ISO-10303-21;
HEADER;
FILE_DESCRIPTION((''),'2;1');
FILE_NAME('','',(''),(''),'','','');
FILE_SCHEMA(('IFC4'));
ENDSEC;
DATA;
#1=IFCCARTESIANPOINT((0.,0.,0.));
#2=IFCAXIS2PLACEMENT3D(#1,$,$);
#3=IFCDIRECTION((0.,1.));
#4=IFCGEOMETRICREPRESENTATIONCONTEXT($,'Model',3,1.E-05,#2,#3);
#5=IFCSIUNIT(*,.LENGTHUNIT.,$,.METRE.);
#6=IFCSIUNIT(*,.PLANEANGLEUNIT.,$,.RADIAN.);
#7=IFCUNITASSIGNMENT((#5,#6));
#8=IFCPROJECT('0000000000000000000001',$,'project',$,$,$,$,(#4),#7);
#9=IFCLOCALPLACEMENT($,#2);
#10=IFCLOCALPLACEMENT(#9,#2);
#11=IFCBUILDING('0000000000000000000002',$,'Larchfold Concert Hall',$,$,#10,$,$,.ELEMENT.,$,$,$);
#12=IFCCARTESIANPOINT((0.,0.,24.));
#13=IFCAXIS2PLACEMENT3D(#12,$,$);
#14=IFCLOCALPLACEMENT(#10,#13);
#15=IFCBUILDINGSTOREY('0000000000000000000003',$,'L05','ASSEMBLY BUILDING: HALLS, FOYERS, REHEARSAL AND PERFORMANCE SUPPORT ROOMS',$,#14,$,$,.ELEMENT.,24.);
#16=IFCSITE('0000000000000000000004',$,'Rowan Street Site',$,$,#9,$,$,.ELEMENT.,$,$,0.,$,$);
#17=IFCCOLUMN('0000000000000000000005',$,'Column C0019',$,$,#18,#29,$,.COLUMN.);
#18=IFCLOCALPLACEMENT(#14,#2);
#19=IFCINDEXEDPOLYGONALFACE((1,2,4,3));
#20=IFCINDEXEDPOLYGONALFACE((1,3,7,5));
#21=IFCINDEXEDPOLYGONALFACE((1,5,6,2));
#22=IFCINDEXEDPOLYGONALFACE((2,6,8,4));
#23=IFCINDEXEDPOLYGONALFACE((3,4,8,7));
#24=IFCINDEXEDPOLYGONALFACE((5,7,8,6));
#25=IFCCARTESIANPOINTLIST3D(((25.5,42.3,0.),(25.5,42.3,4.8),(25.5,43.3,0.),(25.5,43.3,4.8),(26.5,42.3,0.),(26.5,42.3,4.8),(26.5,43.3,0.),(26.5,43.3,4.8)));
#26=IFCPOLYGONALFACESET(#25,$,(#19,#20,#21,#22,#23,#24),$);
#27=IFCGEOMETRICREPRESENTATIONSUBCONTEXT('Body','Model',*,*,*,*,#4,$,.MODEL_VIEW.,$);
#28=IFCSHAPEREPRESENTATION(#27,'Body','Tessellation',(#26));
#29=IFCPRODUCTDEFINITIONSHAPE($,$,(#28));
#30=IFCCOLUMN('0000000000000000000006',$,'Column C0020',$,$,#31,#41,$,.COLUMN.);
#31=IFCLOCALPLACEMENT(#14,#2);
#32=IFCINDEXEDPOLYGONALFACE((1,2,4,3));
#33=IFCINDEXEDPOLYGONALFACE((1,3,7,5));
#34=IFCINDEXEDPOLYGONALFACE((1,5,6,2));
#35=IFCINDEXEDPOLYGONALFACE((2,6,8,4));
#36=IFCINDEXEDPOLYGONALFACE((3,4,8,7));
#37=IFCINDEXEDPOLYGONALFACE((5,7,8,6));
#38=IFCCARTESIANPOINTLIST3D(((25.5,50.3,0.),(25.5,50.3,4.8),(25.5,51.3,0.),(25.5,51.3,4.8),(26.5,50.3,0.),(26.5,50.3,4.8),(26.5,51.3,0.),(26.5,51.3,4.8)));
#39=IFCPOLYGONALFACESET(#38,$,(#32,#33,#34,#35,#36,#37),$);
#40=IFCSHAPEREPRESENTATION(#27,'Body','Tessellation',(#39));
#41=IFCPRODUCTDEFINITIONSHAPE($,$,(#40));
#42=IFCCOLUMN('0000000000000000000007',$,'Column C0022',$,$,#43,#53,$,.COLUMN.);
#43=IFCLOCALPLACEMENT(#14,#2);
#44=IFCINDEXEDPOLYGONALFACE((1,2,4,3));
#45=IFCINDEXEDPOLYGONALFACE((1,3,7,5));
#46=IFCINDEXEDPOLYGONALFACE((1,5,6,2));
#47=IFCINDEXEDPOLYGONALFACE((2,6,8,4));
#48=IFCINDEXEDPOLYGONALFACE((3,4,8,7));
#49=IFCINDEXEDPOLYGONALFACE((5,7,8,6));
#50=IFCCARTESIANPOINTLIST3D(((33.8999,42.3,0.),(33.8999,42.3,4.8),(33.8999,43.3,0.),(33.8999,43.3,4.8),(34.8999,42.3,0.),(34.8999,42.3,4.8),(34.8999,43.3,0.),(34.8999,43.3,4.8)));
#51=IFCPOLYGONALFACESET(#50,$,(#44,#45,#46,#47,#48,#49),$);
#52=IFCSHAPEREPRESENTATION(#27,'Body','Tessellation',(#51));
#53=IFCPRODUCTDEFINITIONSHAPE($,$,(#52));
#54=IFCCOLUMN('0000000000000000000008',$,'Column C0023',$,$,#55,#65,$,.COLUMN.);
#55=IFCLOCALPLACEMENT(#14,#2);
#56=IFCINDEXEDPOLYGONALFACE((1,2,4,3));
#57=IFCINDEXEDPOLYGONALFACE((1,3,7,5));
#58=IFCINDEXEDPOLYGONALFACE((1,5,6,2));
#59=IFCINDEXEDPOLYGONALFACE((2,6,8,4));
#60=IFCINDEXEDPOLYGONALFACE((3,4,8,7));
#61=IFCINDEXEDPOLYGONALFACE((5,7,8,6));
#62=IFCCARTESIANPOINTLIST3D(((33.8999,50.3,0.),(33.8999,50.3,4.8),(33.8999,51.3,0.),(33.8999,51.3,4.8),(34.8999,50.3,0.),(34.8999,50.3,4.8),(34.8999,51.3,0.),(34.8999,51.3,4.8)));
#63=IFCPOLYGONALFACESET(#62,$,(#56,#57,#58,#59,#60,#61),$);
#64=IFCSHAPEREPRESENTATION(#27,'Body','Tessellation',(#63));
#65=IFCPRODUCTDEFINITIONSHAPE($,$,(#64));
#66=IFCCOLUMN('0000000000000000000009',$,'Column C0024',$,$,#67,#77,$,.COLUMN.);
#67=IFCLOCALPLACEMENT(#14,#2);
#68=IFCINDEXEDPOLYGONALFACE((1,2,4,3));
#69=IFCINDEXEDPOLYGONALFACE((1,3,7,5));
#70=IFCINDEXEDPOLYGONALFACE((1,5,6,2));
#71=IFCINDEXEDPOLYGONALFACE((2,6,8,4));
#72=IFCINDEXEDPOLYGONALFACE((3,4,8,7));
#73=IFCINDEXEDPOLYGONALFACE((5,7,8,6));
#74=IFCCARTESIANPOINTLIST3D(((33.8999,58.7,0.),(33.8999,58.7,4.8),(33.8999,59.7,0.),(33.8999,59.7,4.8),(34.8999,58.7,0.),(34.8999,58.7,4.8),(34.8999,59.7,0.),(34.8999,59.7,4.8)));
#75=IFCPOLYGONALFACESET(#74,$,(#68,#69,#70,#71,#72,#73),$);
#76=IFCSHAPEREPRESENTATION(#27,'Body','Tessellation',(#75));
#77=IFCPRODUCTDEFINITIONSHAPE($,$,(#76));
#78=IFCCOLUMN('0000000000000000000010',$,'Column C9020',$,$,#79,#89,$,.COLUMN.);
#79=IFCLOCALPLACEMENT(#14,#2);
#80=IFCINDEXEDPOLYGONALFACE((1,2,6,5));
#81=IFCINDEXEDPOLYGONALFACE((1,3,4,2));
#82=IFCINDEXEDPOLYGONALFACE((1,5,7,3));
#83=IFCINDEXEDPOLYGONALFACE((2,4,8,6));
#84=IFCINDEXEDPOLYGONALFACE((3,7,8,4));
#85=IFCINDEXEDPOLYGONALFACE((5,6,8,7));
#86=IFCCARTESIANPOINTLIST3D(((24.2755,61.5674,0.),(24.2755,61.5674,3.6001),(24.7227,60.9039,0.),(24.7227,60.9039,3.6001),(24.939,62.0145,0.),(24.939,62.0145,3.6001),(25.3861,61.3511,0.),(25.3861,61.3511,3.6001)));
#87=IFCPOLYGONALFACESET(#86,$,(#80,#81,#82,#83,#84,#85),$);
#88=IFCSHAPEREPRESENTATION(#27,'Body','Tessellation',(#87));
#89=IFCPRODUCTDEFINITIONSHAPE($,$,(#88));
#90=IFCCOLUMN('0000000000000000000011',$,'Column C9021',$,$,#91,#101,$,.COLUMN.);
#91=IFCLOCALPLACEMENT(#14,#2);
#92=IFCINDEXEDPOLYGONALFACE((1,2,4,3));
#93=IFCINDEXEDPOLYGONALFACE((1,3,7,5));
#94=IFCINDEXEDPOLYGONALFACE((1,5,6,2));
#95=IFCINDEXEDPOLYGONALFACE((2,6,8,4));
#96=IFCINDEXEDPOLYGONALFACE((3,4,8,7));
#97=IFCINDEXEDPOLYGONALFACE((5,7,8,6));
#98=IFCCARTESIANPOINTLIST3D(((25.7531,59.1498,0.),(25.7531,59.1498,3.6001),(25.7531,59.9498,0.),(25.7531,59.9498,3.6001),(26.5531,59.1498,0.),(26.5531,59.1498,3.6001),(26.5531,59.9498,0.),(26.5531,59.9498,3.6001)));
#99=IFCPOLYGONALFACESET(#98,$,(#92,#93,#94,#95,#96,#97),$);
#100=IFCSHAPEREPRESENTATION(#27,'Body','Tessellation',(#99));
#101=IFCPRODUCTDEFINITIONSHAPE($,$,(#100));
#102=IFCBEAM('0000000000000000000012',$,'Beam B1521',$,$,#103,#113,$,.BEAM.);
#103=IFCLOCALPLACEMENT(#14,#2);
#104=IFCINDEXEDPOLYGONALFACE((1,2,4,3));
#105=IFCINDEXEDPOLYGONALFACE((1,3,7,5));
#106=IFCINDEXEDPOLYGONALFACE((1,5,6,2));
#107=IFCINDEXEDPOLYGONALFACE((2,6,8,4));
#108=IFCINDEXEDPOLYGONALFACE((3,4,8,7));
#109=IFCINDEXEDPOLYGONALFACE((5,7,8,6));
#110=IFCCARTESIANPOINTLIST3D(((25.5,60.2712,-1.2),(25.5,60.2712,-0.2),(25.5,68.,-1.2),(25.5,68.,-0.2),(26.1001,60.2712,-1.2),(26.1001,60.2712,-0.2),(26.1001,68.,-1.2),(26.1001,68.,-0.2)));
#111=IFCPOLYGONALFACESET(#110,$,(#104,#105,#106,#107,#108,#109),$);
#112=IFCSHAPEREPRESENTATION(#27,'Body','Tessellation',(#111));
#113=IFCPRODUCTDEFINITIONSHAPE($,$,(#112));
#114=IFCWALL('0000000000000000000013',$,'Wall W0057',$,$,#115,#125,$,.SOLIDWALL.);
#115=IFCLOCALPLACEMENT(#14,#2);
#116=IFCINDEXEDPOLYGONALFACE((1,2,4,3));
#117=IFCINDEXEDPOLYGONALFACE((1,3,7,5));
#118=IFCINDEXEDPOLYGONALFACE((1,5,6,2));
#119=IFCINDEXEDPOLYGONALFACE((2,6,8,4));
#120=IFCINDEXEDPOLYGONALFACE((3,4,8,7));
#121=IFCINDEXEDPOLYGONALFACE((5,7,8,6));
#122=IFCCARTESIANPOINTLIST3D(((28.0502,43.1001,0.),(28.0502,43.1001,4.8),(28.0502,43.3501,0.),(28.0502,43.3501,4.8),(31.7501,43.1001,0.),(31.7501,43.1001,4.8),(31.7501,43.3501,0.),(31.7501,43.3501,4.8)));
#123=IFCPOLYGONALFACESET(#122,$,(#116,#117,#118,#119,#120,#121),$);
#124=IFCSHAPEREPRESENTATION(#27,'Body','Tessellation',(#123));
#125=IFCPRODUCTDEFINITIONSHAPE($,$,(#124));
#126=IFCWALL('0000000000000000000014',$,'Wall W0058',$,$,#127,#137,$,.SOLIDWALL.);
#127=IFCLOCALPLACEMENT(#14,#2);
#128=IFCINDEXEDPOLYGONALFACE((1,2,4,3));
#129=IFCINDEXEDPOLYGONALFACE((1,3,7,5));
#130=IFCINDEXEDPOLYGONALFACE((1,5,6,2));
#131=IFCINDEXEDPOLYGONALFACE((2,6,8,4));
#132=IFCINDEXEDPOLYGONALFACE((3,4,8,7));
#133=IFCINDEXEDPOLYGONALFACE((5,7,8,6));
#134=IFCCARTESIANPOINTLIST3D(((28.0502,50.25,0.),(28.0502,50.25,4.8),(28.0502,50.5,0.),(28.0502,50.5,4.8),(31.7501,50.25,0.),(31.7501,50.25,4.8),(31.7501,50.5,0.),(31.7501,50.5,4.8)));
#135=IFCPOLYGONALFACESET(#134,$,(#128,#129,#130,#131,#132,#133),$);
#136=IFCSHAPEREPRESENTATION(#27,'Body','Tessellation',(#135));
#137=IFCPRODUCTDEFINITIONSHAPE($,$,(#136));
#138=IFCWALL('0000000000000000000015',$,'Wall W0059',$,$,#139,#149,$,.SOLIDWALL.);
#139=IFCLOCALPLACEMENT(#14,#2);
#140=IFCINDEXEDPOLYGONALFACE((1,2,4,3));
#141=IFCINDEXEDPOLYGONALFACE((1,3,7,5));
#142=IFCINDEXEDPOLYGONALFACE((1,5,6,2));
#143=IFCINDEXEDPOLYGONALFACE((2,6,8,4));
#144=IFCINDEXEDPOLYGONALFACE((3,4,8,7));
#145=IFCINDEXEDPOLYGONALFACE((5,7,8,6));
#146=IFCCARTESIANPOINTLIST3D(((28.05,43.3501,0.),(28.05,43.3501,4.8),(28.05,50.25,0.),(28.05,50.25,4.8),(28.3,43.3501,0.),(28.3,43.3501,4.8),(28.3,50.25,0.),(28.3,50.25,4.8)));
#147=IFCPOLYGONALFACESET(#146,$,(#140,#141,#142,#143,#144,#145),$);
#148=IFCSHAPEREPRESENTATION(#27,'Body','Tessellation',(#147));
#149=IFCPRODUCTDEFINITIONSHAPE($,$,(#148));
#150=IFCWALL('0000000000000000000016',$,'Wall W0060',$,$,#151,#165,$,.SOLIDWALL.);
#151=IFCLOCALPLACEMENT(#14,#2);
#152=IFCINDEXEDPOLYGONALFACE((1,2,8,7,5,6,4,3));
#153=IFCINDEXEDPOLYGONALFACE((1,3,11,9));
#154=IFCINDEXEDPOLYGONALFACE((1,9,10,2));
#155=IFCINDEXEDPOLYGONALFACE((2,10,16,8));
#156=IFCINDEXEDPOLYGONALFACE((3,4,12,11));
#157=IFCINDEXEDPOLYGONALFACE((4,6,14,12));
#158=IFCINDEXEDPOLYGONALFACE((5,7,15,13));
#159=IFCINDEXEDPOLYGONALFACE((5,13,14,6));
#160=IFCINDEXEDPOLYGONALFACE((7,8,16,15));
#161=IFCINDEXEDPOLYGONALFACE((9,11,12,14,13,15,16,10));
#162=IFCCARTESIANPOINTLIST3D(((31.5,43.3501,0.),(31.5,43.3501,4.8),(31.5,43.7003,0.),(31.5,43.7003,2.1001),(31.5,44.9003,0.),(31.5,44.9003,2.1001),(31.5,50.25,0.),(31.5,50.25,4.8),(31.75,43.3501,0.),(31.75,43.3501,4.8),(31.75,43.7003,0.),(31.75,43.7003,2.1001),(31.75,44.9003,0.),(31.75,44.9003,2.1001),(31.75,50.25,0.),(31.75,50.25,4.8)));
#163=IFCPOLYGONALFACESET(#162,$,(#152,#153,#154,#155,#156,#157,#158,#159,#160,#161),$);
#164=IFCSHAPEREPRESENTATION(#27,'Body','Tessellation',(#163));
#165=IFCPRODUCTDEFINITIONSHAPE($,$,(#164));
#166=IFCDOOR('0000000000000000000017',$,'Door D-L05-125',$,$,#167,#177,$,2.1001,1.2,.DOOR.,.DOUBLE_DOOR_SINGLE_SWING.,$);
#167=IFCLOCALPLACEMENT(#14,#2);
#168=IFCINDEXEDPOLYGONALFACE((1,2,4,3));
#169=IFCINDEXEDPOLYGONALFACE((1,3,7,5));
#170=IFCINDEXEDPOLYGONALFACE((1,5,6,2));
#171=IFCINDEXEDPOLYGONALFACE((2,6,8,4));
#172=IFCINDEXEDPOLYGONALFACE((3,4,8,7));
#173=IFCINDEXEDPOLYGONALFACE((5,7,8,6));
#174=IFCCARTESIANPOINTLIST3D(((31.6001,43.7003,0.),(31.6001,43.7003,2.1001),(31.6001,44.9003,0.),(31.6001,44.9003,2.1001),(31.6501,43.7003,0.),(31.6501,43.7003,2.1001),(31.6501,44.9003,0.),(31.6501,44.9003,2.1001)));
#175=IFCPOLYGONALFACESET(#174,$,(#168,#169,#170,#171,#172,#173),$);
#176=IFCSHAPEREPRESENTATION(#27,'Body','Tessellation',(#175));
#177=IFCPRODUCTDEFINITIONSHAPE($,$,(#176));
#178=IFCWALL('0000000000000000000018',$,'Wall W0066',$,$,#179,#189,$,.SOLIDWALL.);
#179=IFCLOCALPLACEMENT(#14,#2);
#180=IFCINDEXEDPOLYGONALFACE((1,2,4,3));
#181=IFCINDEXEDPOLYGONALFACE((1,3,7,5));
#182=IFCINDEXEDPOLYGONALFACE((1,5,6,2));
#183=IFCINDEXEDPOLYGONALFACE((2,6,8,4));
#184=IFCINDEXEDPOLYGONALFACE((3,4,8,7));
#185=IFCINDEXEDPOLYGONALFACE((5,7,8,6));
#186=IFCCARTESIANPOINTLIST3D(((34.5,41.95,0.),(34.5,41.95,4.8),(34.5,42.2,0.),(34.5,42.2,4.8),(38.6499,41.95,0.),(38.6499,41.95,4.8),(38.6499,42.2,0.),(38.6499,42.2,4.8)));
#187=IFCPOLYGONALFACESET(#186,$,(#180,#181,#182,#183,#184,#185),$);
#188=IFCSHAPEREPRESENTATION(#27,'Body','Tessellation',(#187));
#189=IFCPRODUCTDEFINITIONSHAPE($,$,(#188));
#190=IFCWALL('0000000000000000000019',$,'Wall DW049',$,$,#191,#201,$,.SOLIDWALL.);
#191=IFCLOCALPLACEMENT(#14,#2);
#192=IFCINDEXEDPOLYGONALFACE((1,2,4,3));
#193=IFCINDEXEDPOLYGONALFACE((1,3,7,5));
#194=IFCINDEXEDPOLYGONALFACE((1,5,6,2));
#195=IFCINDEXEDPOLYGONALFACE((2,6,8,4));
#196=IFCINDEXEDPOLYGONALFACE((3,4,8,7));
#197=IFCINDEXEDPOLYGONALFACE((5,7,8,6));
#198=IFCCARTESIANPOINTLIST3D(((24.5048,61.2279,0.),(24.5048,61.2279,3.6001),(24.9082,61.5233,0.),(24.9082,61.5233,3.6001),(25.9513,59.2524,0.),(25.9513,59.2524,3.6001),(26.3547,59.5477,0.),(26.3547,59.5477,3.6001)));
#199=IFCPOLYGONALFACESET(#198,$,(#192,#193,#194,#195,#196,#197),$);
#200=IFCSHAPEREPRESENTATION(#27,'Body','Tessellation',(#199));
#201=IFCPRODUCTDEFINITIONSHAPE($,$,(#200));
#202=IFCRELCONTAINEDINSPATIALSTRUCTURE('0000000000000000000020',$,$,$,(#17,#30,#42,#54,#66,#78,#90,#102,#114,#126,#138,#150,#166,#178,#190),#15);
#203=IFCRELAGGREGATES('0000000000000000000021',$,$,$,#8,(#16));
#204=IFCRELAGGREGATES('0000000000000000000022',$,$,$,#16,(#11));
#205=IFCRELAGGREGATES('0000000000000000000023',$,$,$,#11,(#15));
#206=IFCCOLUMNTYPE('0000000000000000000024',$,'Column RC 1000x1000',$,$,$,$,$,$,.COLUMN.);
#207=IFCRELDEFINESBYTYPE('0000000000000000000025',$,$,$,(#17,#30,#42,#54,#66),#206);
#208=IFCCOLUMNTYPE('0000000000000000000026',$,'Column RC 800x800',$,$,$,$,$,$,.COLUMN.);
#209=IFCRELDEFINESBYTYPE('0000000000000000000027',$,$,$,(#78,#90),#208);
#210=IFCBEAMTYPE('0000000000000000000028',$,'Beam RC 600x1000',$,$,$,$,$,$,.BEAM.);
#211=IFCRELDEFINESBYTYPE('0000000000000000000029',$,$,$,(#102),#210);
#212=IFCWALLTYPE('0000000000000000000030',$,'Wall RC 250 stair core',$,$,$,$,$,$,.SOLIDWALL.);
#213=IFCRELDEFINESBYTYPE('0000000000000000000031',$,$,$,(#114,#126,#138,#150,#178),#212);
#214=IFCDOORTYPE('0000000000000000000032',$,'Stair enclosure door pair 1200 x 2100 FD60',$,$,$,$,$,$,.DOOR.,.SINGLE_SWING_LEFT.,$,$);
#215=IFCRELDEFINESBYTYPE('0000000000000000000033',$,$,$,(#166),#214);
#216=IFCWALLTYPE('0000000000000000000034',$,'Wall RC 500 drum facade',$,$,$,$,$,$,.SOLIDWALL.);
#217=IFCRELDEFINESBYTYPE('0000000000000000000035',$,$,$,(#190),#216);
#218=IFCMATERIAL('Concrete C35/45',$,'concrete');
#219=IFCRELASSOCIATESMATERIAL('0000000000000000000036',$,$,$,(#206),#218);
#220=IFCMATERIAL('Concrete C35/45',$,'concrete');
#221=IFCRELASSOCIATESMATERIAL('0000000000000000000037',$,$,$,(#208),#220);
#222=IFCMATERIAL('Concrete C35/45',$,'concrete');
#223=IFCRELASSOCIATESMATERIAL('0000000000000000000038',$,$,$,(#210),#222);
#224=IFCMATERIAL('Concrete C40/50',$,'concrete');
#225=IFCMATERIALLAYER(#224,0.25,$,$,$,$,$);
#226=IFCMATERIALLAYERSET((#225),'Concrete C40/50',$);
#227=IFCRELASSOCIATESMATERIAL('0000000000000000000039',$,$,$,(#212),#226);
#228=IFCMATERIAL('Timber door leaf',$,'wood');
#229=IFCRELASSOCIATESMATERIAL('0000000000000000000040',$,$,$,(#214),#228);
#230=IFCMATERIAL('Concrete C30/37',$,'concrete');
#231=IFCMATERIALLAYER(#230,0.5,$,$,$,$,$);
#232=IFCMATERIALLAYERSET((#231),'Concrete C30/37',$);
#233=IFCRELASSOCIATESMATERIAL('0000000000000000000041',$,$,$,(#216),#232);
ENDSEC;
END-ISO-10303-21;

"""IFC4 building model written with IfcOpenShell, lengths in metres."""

from ifc_helpers import new_model, si_unit, direction, frame, frame_2d, origin, origin_2d, place, context, subcontext, project, spatial, rectangle, extrude, material, layer, layer_set, material_profile, profile_set, type_object, element, fill, save


model = new_model("IFC4")

# Units and contexts
model_context = context("Model", 3, precision=1e-05, world=origin(), true_north=direction((0.0, 1.0)))
body_context = subcontext(model_context, "Body", "Model", "MODEL_VIEW")
ifc_project = project(units=[si_unit("LENGTHUNIT", "METRE"), si_unit("PLANEANGLEUNIT", "RADIAN")], contexts=[model_context])

# Site, building, storey
site_placement = place(None, origin())
site = spatial("IfcSite", under=ifc_project, at=site_placement, Name="Rowan Street Site", CompositionType="ELEMENT", RefElevation=0.0)
building_placement = place(site_placement, origin())
building = spatial("IfcBuilding", under=site, at=building_placement, Name="Larchfold Concert Hall", CompositionType="ELEMENT")
storey_placement = place(building_placement, frame((0.0, 0.0, 24.0)))
storey = spatial("IfcBuildingStorey", under=building, at=storey_placement, Name="L05", Description="ASSEMBLY BUILDING: HALLS, FOYERS, REHEARSAL AND PERFORMANCE SUPPORT ROOMS", CompositionType="ELEMENT", Elevation=24.0)

# Columns
ifc_material_1 = material(Name="Concrete C35/45", Category="concrete")
ifc_material_profile_1 = material_profile(ifc_material_1, rectangle(XDim=1.0, YDim=1.0, at=origin_2d()))
ifc_profile_set_1 = profile_set([ifc_material_profile_1], Name="Concrete C35/45")
column_type_1 = type_object("IfcColumnType", Name="Column RC 1000x1000", PredefinedType="COLUMN", material=ifc_profile_set_1)
for number, where, z_axis, x_axis, name in (
    (1, (26.0, 42.8, 0.0), (0.0, 0.0, 1.0), (1.0, 0.0, 0.0), "Column C0019"),
    (2, (26.0, 50.8, 0.0), (0.0, 0.0, 1.0), (1.0, 0.0, 0.0), "Column C0020"),
    (3, (34.3999, 42.8, 0.0), (0.0, 0.0, 1.0), (1.0, 0.0, 0.0), "Column C0022"),
    (4, (34.3999, 50.8, 0.0), (0.0, 0.0, 1.0), (1.0, 0.0, 0.0), "Column C0023"),
    (5, (34.3999, 59.2, 0.0), (0.0, 0.0, 1.0), (1.0, 0.0, 0.0), "Column C0024"),
):
    element("IfcColumn", number, at=place(storey_placement, frame(where, z_axis=z_axis, x_axis=x_axis)), inside=storey, type_object=column_type_1, Name=name, PredefinedType="COLUMN", context=body_context, shape_type="SweptSolid", body=[
        extrude(rectangle(XDim=1.0, YDim=1.0, at=origin_2d()), origin(), (0.0, 0.0, 1.0), 4.8),
    ])
ifc_material_2 = material(Name="Concrete C35/45", Category="concrete")
ifc_material_profile_2 = material_profile(ifc_material_2, rectangle(XDim=0.8, YDim=0.8, at=origin_2d()))
ifc_profile_set_2 = profile_set([ifc_material_profile_2], Name="Concrete C35/45")
column_type_2 = type_object("IfcColumnType", Name="Column RC 800x800", PredefinedType="COLUMN", material=ifc_profile_set_2)
for number, where, z_axis, x_axis, name in (
    (6, (24.8308, 61.4592, 0.0), (0.0, 0.0, 1.0), (0.829253, 0.558874, 0.0), "Column C9020"),
    (7, (26.1531, 59.5498, 0.0), (0.0, 0.0, 1.0), (1.0, 0.0, 0.0), "Column C9021"),
):
    element("IfcColumn", number, at=place(storey_placement, frame(where, z_axis=z_axis, x_axis=x_axis)), inside=storey, type_object=column_type_2, Name=name, PredefinedType="COLUMN", context=body_context, shape_type="SweptSolid", body=[
        extrude(rectangle(XDim=0.8, YDim=0.8, at=origin_2d()), origin(), (0.0, 0.0, 1.0), 3.6001),
    ])

# Beam
ifc_material_3 = material(Name="Concrete C35/45", Category="concrete")
ifc_material_profile_3 = material_profile(ifc_material_3, rectangle(XDim=0.6001, YDim=1.0, at=origin_2d()))
ifc_profile_set_3 = profile_set([ifc_material_profile_3], Name="Concrete C35/45")
beam_type = type_object("IfcBeamType", Name="Beam RC 600x1000", PredefinedType="BEAM", material=ifc_profile_set_3)
beam_placement = place(storey_placement, frame((25.8, 60.2712, -0.7), z_axis=(0.0, 1.0, 0.0), x_axis=(-1.0, 0.0, 0.0)))
element("IfcBeam", 8, at=beam_placement, inside=storey, type_object=beam_type, Name="Beam B1521", PredefinedType="BEAM", context=body_context, shape_type="SweptSolid", body=[
    extrude(rectangle(XDim=0.6001, YDim=1.0, at=origin_2d()), origin(), (0.0, 0.0, 1.0), 7.7288),
])

# Walls
ifc_material_4 = material(Name="Concrete C40/50", Category="concrete")
ifc_layer_1 = layer(ifc_material_4, 0.25)
ifc_layer_set_1 = layer_set([ifc_layer_1], Name="Concrete C40/50")
wall_type_1 = type_object("IfcWallType", Name="Wall RC 250 stair core", PredefinedType="SOLIDWALL", material=ifc_layer_set_1)
for number, where, z_axis, x_axis, name in (
    (9, (28.05, 43.2251, 0.0), (0.0, 0.0, 1.0), (1.0, 0.0, 0.0), "Wall W0057"),
    (10, (28.05, 50.375, 0.0), (0.0, 0.0, 1.0), (1.0, 0.0, 0.0), "Wall W0058"),
):
    element("IfcWall", number, at=place(storey_placement, frame(where, z_axis=z_axis, x_axis=x_axis)), inside=storey, type_object=wall_type_1, Name=name, PredefinedType="SOLIDWALL", context=body_context, shape_type="SweptSolid", body=[
        extrude(rectangle(XDim=3.7, YDim=0.25, at=frame_2d((1.8501, 0.0))), origin(), (0.0, 0.0, 1.0), 4.8),
    ])
wall_1_placement = place(storey_placement, frame((28.175, 43.3501, 0.0), z_axis=(0.0, 0.0, 1.0), x_axis=(0.0, 1.0, 0.0)))
element("IfcWall", 11, at=wall_1_placement, inside=storey, type_object=wall_type_1, Name="Wall W0059", PredefinedType="SOLIDWALL", context=body_context, shape_type="SweptSolid", body=[
    extrude(rectangle(XDim=6.8999, YDim=0.25, at=frame_2d((3.45, 0.0))), origin(), (0.0, 0.0, 1.0), 4.8),
])

# Wall, opening, door
wall_2_placement = place(storey_placement, frame((31.625, 43.3501, 0.0), z_axis=(0.0, 0.0, 1.0), x_axis=(0.0, 1.0, 0.0)))
wall_2 = element("IfcWall", 12, at=wall_2_placement, inside=storey, type_object=wall_type_1, Name="Wall W0060", PredefinedType="SOLIDWALL", context=body_context, shape_type="SweptSolid", body=[
    extrude(rectangle(XDim=6.8999, YDim=0.25, at=frame_2d((3.45, 0.0))), origin(), (0.0, 0.0, 1.0), 4.8),
])
opening_1_placement = place(wall_2_placement, frame((0.3501, 0.0, 0.0)))
opening_1 = element("IfcOpeningElement", 13, at=opening_1_placement, cuts=wall_2, PredefinedType="OPENING", context=body_context, shape_type="SweptSolid", body=[
    extrude(rectangle(XDim=1.2, YDim=2.1001, at=frame_2d((0.6001, 1.05))), frame((0.0, 0.135, 0.0), z_axis=(0.0, -1.0, 0.0), x_axis=(1.0, 0.0, 0.0)), (0.0, 0.0, 1.0), 0.27),
])
ifc_material_5 = material(Name="Timber door leaf", Category="wood")
door_type = type_object("IfcDoorType", Name="Stair enclosure door pair 1200 x 2100 FD60", OperationType="SINGLE_SWING_LEFT", PredefinedType="DOOR", material=ifc_material_5)
door_placement = place(opening_1_placement, origin())
door = element("IfcDoor", 14, at=door_placement, inside=storey, type_object=door_type, Name="Door D-L05-125", OperationType="DOUBLE_DOOR_SINGLE_SWING", OverallHeight=2.1001, OverallWidth=1.2, PredefinedType="DOOR", context=body_context, shape_type="SweptSolid", body=[
    extrude(rectangle(XDim=1.2, YDim=2.1001, at=frame_2d((0.6001, 1.05))), frame((0.0, 0.0249, 0.0), z_axis=(0.0, -1.0, 0.0), x_axis=(1.0, 0.0, 0.0)), (0.0, 0.0, 1.0), 0.05),
])
fill(opening_1, door)

# Walls
wall_3_placement = place(storey_placement, frame((34.5, 42.075, 0.0), z_axis=(0.0, 0.0, 1.0), x_axis=(1.0, 0.0, 0.0)))
element("IfcWall", 15, at=wall_3_placement, inside=storey, type_object=wall_type_1, Name="Wall W0066", PredefinedType="SOLIDWALL", context=body_context, shape_type="SweptSolid", body=[
    extrude(rectangle(XDim=4.1499, YDim=0.25, at=frame_2d((2.075, 0.0))), origin(), (0.0, 0.0, 1.0), 4.8),
])
ifc_material_6 = material(Name="Concrete C30/37", Category="concrete")
ifc_layer_2 = layer(ifc_material_6, 0.5)
ifc_layer_set_2 = layer_set([ifc_layer_2], Name="Concrete C30/37")
wall_type_2 = type_object("IfcWallType", Name="Wall RC 500 drum facade", PredefinedType="SOLIDWALL", material=ifc_layer_set_2)
wall_4_placement = place(storey_placement, frame((24.7065, 61.3755, 0.0), z_axis=(0.0, 0.0, 1.0), x_axis=(0.590771, -0.806839, 0.0)))
element("IfcWall", 16, at=wall_4_placement, inside=storey, type_object=wall_type_2, Name="Wall DW049", PredefinedType="SOLIDWALL", context=body_context, shape_type="SweptSolid", body=[
    extrude(rectangle(XDim=2.4485, YDim=0.5, at=frame_2d((1.2241, 0.0))), origin(), (0.0, 0.0, 1.0), 3.6001),
])

save(model, "model.ifc")
